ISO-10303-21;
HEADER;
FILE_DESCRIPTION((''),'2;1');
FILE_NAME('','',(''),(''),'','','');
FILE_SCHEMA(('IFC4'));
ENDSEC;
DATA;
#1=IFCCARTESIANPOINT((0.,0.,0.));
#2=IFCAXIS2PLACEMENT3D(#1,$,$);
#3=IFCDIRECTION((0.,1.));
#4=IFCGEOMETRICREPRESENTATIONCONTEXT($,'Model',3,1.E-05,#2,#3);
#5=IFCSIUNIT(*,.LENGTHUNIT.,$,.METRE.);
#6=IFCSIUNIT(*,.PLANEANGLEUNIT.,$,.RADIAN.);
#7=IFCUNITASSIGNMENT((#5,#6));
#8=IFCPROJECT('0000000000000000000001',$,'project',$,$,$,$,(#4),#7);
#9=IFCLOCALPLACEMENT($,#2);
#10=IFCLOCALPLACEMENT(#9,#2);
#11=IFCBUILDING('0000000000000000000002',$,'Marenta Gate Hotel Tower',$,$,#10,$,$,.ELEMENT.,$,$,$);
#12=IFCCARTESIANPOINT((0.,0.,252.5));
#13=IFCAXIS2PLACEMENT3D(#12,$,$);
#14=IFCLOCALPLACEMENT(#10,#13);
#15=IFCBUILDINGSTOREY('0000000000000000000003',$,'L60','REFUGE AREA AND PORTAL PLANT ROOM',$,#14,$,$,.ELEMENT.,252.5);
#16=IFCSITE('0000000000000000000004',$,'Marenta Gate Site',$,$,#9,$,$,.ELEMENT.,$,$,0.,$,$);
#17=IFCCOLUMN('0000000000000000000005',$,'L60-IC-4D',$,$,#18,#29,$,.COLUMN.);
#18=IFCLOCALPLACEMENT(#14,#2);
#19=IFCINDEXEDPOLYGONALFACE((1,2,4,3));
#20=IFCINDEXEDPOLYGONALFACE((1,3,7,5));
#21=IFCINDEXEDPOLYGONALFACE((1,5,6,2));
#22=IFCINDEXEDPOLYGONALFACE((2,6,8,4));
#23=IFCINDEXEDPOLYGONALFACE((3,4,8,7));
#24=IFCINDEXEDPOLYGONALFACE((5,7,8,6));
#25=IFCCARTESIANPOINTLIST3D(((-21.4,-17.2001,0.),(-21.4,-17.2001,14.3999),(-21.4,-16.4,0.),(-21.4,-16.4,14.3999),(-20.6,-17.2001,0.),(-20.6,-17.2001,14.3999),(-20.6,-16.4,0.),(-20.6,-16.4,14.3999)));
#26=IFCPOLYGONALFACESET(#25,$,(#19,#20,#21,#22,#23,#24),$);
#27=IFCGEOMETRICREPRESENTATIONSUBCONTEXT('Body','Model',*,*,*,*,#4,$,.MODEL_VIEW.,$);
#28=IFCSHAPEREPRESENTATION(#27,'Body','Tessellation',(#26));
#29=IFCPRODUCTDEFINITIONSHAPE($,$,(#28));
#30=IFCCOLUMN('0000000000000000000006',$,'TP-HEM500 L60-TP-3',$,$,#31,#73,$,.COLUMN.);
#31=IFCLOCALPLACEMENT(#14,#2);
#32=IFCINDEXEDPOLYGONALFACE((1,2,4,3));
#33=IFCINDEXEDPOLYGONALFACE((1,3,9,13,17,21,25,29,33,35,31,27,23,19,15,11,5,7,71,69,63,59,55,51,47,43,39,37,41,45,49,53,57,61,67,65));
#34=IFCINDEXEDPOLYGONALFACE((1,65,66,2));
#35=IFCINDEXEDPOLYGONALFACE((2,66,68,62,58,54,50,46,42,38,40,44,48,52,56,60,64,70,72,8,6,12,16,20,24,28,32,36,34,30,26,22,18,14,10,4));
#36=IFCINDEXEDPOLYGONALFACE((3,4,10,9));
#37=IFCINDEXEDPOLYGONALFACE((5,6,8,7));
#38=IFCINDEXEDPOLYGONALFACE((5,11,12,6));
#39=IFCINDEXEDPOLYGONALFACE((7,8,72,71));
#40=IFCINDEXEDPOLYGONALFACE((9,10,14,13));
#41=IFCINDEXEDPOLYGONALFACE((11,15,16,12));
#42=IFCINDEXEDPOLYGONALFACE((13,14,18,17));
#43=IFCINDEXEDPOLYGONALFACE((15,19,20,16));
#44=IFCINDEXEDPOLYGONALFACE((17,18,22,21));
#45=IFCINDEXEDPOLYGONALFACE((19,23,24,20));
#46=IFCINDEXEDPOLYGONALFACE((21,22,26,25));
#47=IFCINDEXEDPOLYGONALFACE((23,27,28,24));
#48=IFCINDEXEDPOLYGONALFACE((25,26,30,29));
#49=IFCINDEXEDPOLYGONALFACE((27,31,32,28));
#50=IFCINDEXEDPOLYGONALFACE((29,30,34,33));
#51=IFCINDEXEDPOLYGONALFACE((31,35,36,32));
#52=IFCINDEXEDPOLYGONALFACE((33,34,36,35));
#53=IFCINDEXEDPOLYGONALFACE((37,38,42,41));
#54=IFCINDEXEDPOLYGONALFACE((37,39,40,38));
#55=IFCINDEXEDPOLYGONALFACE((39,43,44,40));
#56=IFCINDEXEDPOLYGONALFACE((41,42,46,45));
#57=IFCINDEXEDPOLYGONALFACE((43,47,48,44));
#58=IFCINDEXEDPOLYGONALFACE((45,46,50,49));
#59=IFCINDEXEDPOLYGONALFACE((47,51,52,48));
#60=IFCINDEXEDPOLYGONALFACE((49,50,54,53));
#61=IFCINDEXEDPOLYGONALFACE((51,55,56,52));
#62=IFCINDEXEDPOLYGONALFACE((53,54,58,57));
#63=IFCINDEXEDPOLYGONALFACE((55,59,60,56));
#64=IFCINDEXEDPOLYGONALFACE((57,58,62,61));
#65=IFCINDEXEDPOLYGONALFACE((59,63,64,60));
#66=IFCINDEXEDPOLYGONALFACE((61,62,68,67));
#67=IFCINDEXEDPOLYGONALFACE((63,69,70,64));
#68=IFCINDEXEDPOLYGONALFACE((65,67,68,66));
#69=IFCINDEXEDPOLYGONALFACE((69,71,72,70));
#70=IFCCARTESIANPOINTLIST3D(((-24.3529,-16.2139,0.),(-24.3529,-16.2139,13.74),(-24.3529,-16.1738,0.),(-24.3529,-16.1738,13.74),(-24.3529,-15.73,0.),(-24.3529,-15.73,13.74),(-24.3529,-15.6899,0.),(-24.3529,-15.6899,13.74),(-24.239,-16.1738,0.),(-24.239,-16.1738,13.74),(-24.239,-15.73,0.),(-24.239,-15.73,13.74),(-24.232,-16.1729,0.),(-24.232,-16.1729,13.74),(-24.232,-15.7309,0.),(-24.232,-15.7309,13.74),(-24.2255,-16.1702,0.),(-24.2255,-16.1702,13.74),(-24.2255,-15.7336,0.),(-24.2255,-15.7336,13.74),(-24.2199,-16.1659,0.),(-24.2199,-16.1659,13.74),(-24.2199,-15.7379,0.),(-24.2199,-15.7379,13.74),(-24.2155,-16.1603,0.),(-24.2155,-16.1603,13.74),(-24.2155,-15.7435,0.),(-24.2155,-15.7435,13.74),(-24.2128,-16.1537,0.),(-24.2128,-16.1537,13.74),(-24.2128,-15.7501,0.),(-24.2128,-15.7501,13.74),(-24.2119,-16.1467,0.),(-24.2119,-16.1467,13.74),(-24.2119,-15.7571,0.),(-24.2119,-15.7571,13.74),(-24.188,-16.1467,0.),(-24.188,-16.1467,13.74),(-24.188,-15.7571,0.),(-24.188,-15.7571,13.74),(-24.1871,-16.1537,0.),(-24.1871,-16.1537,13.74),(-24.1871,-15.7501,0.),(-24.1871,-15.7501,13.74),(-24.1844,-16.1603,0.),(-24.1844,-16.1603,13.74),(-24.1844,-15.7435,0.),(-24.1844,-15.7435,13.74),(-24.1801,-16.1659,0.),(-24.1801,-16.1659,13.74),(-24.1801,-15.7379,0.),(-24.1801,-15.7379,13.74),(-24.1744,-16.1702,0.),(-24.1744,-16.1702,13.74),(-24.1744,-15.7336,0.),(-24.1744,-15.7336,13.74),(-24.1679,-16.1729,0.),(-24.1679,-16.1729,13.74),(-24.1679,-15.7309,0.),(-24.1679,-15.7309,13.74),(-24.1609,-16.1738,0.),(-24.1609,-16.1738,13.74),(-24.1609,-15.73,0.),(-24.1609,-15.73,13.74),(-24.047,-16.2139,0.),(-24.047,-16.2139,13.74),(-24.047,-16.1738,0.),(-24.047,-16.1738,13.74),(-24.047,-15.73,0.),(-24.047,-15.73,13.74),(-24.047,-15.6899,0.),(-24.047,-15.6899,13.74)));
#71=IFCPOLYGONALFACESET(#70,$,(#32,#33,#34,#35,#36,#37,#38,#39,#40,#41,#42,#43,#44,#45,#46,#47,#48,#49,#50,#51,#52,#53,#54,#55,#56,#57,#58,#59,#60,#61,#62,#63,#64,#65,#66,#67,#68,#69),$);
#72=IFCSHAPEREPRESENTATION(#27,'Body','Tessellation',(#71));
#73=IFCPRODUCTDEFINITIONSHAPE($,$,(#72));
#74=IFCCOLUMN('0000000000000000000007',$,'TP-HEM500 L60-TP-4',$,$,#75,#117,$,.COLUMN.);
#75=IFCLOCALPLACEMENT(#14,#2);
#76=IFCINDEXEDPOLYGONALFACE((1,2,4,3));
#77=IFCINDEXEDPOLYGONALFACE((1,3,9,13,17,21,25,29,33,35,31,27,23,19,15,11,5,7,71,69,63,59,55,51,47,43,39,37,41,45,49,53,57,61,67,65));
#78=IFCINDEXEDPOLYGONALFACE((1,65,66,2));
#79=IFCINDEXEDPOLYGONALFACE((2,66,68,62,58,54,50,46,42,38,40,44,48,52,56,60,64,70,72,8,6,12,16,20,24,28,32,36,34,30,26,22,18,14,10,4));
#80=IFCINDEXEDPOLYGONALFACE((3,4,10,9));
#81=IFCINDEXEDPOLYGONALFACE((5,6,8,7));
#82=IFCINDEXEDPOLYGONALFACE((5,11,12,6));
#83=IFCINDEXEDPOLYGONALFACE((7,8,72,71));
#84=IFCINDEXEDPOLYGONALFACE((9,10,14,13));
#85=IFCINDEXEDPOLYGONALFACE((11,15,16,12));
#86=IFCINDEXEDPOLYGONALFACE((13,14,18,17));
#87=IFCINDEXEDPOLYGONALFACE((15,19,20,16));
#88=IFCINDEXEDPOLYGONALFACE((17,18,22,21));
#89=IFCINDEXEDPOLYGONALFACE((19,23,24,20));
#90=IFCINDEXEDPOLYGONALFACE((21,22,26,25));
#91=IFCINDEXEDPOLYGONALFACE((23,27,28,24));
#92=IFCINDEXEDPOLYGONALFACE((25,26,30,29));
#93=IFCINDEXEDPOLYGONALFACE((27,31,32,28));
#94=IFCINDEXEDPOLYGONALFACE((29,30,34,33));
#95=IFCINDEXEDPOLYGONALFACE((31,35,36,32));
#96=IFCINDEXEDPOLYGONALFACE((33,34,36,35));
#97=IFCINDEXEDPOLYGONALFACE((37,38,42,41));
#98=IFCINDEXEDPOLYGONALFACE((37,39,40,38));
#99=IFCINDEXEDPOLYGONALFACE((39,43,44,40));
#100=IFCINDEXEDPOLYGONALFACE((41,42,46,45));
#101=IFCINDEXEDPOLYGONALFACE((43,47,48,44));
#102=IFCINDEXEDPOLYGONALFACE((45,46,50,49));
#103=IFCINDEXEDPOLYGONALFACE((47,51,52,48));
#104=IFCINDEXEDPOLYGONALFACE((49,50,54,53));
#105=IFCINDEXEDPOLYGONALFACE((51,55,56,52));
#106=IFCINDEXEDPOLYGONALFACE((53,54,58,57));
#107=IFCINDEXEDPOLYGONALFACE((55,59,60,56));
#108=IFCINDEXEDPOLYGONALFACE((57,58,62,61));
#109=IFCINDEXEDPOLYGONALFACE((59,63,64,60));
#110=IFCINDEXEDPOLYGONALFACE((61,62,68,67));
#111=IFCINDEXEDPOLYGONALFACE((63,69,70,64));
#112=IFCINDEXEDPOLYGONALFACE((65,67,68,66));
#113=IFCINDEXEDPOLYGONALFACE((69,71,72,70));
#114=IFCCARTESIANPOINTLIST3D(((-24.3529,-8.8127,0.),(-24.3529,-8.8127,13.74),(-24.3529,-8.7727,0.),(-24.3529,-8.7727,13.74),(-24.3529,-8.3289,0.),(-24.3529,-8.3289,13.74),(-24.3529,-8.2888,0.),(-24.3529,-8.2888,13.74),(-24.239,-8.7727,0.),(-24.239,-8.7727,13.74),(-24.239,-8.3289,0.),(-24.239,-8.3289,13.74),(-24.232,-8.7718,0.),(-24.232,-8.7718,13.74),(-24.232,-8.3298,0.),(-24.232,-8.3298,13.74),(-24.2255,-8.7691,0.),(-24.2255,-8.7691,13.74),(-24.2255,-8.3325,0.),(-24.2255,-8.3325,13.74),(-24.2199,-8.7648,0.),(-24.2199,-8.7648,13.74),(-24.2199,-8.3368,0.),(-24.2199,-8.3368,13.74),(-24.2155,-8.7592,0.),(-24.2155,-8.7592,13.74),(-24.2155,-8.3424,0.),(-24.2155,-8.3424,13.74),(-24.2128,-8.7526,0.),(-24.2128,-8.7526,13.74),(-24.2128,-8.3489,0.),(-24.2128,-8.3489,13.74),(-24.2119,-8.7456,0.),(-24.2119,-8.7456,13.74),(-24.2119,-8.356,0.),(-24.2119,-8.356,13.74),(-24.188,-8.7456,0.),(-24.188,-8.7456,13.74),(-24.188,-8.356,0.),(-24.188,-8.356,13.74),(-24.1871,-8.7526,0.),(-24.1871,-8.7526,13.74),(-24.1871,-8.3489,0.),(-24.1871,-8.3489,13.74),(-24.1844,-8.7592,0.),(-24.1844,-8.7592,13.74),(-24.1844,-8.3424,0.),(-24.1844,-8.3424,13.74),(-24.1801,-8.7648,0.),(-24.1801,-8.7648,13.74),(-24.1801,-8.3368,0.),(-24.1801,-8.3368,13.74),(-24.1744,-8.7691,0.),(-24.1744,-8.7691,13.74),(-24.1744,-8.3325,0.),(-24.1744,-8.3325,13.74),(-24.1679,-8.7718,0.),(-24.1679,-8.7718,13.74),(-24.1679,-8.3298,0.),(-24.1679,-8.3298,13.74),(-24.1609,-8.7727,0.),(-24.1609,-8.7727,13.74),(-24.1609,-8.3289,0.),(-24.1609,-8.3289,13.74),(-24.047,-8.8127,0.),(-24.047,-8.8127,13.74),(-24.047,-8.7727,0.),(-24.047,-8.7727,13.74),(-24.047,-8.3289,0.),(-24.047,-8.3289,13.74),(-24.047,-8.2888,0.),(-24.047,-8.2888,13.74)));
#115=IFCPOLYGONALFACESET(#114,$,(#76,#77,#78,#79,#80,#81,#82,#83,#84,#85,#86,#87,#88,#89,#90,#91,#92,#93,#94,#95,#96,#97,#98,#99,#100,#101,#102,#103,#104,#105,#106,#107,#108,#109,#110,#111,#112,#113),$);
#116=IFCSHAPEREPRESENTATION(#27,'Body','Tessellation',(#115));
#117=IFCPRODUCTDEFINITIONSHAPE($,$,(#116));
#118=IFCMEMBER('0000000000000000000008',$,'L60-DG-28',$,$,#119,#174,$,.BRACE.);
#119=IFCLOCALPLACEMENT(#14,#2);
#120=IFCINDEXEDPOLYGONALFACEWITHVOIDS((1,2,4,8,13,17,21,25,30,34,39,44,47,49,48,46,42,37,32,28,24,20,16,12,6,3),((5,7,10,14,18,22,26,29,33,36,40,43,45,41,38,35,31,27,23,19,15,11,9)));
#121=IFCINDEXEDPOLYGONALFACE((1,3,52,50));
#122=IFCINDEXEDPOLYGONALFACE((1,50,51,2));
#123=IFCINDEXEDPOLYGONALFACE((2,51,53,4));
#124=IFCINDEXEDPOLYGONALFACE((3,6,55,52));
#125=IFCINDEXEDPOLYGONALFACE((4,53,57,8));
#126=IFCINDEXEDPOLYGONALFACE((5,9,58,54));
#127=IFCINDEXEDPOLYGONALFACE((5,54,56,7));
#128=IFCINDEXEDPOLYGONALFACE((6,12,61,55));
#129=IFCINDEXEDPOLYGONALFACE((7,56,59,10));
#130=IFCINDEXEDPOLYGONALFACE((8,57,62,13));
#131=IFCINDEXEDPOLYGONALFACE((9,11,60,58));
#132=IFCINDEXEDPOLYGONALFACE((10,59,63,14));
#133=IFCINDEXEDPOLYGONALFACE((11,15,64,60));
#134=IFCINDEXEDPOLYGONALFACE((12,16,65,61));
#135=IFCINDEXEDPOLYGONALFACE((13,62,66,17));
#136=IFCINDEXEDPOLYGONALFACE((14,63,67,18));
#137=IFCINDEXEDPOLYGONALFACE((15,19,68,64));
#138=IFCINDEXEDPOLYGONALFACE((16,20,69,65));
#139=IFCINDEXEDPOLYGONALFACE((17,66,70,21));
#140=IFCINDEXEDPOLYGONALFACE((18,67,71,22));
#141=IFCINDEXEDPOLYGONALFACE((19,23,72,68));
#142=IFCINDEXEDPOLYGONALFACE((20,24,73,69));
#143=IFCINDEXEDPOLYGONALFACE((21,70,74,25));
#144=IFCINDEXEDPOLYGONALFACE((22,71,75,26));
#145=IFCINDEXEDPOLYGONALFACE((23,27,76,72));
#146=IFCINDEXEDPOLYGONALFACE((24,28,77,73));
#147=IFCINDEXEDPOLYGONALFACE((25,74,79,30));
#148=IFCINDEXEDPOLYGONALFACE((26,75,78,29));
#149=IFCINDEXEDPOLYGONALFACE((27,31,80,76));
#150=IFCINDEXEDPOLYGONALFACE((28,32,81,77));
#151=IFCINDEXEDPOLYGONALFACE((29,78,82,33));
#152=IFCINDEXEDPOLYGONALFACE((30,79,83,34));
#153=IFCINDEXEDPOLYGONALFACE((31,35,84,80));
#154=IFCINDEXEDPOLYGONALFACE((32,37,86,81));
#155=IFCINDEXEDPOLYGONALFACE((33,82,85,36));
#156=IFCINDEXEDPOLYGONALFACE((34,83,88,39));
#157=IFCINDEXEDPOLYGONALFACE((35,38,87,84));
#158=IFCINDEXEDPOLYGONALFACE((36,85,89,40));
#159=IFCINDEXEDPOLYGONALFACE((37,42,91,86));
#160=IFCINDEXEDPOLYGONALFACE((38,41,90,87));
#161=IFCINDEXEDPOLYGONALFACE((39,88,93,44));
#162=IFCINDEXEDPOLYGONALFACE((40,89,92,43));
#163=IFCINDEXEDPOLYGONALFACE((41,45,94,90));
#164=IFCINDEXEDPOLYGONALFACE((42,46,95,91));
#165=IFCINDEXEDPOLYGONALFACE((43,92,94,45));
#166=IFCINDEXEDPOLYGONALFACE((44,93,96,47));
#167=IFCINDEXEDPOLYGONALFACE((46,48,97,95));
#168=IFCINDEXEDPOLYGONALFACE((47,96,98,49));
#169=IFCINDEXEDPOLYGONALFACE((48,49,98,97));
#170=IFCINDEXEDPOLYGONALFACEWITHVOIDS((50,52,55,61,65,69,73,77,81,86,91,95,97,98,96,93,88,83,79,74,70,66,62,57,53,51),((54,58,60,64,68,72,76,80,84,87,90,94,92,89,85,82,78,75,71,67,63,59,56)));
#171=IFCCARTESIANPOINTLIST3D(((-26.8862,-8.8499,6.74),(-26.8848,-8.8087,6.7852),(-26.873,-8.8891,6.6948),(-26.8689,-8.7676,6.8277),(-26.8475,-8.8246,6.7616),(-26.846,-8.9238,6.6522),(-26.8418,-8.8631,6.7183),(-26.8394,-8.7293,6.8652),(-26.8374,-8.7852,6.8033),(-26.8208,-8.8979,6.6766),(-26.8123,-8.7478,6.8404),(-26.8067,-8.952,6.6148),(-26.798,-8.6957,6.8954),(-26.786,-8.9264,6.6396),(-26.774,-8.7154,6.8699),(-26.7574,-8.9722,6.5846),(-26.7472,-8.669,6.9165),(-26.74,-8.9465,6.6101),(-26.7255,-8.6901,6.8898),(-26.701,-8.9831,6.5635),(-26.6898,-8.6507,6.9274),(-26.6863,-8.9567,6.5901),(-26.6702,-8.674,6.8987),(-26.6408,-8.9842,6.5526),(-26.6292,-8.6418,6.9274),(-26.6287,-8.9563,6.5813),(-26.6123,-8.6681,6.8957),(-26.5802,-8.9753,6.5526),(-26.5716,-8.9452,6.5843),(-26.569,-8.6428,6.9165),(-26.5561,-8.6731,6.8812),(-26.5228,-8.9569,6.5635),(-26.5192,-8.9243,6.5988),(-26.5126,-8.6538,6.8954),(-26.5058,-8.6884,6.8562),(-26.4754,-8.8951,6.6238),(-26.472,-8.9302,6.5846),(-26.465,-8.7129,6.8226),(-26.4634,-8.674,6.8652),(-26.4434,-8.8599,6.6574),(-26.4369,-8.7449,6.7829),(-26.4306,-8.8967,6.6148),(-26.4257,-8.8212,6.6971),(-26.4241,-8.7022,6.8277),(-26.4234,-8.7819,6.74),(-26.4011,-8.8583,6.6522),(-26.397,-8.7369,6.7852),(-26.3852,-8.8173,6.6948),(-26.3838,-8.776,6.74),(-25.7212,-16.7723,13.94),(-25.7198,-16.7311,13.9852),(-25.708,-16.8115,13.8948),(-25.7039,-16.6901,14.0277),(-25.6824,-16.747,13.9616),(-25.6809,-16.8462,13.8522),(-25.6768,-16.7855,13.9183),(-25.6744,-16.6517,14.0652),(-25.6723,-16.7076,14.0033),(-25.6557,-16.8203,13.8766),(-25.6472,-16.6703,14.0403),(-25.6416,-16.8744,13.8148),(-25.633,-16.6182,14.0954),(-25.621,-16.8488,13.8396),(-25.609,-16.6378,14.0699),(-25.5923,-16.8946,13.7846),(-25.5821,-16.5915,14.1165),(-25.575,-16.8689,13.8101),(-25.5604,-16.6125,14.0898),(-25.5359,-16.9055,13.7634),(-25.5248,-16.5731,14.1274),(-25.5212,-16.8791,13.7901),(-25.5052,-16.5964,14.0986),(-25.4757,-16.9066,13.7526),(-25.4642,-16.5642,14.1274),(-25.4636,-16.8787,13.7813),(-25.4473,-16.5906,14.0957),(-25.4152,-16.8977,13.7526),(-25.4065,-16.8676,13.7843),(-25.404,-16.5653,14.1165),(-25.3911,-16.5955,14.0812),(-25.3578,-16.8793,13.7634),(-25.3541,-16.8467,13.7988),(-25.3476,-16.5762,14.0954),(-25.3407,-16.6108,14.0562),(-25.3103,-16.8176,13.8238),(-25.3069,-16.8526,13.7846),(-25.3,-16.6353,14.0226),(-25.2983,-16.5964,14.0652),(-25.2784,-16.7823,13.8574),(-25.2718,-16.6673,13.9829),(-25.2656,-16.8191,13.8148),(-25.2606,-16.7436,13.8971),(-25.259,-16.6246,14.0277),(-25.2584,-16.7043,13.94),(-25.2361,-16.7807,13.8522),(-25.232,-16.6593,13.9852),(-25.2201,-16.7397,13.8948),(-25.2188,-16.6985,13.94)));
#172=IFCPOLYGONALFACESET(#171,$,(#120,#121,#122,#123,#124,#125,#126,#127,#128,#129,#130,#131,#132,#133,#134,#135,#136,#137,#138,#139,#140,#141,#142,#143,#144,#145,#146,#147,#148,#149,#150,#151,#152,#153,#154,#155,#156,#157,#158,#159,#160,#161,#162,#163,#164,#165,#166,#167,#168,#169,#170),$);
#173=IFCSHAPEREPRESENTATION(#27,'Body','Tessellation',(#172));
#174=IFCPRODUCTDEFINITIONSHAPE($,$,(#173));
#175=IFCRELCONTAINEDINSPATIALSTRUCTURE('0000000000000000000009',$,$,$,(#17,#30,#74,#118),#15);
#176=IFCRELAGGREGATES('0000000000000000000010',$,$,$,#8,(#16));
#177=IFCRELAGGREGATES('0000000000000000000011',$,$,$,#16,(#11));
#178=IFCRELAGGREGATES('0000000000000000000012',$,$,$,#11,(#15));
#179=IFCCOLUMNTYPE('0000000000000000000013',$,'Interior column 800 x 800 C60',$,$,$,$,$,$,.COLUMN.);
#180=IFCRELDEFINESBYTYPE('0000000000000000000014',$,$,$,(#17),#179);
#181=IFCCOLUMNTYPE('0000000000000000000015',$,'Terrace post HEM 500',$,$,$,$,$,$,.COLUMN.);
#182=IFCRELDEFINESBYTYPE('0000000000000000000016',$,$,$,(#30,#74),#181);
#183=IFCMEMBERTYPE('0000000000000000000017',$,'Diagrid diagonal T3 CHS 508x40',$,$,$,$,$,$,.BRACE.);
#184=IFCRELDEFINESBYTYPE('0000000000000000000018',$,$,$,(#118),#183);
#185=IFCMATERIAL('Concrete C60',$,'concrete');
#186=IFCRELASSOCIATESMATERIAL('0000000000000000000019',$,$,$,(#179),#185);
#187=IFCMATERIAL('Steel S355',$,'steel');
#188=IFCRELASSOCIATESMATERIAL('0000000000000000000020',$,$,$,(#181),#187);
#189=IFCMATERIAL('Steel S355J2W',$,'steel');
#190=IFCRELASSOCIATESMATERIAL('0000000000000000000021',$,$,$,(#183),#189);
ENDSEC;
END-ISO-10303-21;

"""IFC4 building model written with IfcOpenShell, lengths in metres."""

from ifc_helpers import new_model, si_unit, direction, frame, origin, origin_2d, place, context, subcontext, project, spatial, rectangle, hollow_circle, i_section, extrude, material, material_profile, profile_set, type_object, element, save


model = new_model("IFC4")

# Units and contexts
model_context = context("Model", 3, precision=1e-05, world=origin(), true_north=direction((0.0, 1.0)))
body_context = subcontext(model_context, "Body", "Model", "MODEL_VIEW")
ifc_project = project(units=[si_unit("LENGTHUNIT", "METRE"), si_unit("PLANEANGLEUNIT", "RADIAN")], contexts=[model_context])

# Site, building, storey
site_placement = place(None, origin())
site = spatial("IfcSite", under=ifc_project, at=site_placement, Name="Marenta Gate Site", CompositionType="ELEMENT", RefElevation=0.0)
building_placement = place(site_placement, origin())
building = spatial("IfcBuilding", under=site, at=building_placement, Name="Marenta Gate Hotel Tower", CompositionType="ELEMENT")
storey_placement = place(building_placement, frame((0.0, 0.0, 252.5)))
storey = spatial("IfcBuildingStorey", under=building, at=storey_placement, Name="L60", Description="REFUGE AREA AND PORTAL PLANT ROOM", CompositionType="ELEMENT", Elevation=252.5)

# Columns
ifc_material_1 = material(Name="Concrete C60", Category="concrete")
ifc_material_profile_1 = material_profile(ifc_material_1, rectangle(XDim=0.8, YDim=0.8, at=origin_2d()), Name="800 x 800")
ifc_profile_set_1 = profile_set([ifc_material_profile_1], Name="Concrete C60")
column_type_1 = type_object("IfcColumnType", Name="Interior column 800 x 800 C60", PredefinedType="COLUMN", material=ifc_profile_set_1)
column_placement = place(storey_placement, frame((-21.0, -16.8, 0.0), z_axis=(0.0, 0.0, 1.0), x_axis=(1.0, 0.0, 0.0)))
element("IfcColumn", 1, at=column_placement, inside=storey, type_object=column_type_1, Name="L60-IC-4D", PredefinedType="COLUMN", context=body_context, shape_type="SweptSolid", body=[
    extrude(rectangle(XDim=0.8, YDim=0.8, at=origin_2d()), origin(), (0.0, 0.0, 1.0), 14.3999),
])
ifc_material_2 = material(Name="Steel S355", Category="steel")
ifc_material_profile_2 = material_profile(ifc_material_2, i_section(OverallWidth=0.3059, OverallDepth=0.5239, WebThickness=0.0239, FlangeThickness=0.04, FilletRadius=0.0271, at=origin_2d()), Name="HEM 500")
ifc_profile_set_2 = profile_set([ifc_material_profile_2], Name="Steel S355")
column_type_2 = type_object("IfcColumnType", Name="Terrace post HEM 500", PredefinedType="COLUMN", material=ifc_profile_set_2)
for number, where, z_axis, x_axis, name in (
    (2, (-24.2, -15.9519, 0.0), (0.0, 0.0, 1.0), (1.0, 0.0, 0.0), "TP-HEM500 L60-TP-3"),
    (3, (-24.2, -8.5508, 0.0), (0.0, 0.0, 1.0), (1.0, 0.0, 0.0), "TP-HEM500 L60-TP-4"),
):
    element("IfcColumn", number, at=place(storey_placement, frame(where, z_axis=z_axis, x_axis=x_axis)), inside=storey, type_object=column_type_2, Name=name, PredefinedType="COLUMN", context=body_context, shape_type="SweptSolid", body=[
        extrude(i_section(OverallWidth=0.3059, OverallDepth=0.5239, WebThickness=0.0239, FlangeThickness=0.04, FilletRadius=0.0271, at=origin_2d()), origin(), (0.0, 0.0, 1.0), 13.74),
    ])

# Member
ifc_material_3 = material(Name="Steel S355J2W", Category="steel")
ifc_material_profile_3 = material_profile(ifc_material_3, hollow_circle(Radius=0.2539, WallThickness=0.04, at=origin_2d()), Name="CHS 508x40")
ifc_profile_set_3 = profile_set([ifc_material_profile_3], Name="Steel S355J2W")
member_type_1 = type_object("IfcMemberType", Name="Diagrid diagonal T3 CHS 508x40", PredefinedType="BRACE", material=ifc_profile_set_3)
member_1_placement = place(storey_placement, frame((-26.635, -8.813, 6.74), z_axis=(0.10819, -0.735698, 0.668613), x_axis=(0.989359, 0.145492, 0.0)))
element("IfcMember", 4, at=member_1_placement, inside=storey, type_object=member_type_1, Name="L60-DG-28", PredefinedType="BRACE", context=body_context, shape_type="SweptSolid", body=[
    extrude(hollow_circle(Radius=0.2539, WallThickness=0.04, at=origin_2d()), origin(), (0.0, 0.0, 1.0), 10.7686),
])

save(model, "model.ifc")
